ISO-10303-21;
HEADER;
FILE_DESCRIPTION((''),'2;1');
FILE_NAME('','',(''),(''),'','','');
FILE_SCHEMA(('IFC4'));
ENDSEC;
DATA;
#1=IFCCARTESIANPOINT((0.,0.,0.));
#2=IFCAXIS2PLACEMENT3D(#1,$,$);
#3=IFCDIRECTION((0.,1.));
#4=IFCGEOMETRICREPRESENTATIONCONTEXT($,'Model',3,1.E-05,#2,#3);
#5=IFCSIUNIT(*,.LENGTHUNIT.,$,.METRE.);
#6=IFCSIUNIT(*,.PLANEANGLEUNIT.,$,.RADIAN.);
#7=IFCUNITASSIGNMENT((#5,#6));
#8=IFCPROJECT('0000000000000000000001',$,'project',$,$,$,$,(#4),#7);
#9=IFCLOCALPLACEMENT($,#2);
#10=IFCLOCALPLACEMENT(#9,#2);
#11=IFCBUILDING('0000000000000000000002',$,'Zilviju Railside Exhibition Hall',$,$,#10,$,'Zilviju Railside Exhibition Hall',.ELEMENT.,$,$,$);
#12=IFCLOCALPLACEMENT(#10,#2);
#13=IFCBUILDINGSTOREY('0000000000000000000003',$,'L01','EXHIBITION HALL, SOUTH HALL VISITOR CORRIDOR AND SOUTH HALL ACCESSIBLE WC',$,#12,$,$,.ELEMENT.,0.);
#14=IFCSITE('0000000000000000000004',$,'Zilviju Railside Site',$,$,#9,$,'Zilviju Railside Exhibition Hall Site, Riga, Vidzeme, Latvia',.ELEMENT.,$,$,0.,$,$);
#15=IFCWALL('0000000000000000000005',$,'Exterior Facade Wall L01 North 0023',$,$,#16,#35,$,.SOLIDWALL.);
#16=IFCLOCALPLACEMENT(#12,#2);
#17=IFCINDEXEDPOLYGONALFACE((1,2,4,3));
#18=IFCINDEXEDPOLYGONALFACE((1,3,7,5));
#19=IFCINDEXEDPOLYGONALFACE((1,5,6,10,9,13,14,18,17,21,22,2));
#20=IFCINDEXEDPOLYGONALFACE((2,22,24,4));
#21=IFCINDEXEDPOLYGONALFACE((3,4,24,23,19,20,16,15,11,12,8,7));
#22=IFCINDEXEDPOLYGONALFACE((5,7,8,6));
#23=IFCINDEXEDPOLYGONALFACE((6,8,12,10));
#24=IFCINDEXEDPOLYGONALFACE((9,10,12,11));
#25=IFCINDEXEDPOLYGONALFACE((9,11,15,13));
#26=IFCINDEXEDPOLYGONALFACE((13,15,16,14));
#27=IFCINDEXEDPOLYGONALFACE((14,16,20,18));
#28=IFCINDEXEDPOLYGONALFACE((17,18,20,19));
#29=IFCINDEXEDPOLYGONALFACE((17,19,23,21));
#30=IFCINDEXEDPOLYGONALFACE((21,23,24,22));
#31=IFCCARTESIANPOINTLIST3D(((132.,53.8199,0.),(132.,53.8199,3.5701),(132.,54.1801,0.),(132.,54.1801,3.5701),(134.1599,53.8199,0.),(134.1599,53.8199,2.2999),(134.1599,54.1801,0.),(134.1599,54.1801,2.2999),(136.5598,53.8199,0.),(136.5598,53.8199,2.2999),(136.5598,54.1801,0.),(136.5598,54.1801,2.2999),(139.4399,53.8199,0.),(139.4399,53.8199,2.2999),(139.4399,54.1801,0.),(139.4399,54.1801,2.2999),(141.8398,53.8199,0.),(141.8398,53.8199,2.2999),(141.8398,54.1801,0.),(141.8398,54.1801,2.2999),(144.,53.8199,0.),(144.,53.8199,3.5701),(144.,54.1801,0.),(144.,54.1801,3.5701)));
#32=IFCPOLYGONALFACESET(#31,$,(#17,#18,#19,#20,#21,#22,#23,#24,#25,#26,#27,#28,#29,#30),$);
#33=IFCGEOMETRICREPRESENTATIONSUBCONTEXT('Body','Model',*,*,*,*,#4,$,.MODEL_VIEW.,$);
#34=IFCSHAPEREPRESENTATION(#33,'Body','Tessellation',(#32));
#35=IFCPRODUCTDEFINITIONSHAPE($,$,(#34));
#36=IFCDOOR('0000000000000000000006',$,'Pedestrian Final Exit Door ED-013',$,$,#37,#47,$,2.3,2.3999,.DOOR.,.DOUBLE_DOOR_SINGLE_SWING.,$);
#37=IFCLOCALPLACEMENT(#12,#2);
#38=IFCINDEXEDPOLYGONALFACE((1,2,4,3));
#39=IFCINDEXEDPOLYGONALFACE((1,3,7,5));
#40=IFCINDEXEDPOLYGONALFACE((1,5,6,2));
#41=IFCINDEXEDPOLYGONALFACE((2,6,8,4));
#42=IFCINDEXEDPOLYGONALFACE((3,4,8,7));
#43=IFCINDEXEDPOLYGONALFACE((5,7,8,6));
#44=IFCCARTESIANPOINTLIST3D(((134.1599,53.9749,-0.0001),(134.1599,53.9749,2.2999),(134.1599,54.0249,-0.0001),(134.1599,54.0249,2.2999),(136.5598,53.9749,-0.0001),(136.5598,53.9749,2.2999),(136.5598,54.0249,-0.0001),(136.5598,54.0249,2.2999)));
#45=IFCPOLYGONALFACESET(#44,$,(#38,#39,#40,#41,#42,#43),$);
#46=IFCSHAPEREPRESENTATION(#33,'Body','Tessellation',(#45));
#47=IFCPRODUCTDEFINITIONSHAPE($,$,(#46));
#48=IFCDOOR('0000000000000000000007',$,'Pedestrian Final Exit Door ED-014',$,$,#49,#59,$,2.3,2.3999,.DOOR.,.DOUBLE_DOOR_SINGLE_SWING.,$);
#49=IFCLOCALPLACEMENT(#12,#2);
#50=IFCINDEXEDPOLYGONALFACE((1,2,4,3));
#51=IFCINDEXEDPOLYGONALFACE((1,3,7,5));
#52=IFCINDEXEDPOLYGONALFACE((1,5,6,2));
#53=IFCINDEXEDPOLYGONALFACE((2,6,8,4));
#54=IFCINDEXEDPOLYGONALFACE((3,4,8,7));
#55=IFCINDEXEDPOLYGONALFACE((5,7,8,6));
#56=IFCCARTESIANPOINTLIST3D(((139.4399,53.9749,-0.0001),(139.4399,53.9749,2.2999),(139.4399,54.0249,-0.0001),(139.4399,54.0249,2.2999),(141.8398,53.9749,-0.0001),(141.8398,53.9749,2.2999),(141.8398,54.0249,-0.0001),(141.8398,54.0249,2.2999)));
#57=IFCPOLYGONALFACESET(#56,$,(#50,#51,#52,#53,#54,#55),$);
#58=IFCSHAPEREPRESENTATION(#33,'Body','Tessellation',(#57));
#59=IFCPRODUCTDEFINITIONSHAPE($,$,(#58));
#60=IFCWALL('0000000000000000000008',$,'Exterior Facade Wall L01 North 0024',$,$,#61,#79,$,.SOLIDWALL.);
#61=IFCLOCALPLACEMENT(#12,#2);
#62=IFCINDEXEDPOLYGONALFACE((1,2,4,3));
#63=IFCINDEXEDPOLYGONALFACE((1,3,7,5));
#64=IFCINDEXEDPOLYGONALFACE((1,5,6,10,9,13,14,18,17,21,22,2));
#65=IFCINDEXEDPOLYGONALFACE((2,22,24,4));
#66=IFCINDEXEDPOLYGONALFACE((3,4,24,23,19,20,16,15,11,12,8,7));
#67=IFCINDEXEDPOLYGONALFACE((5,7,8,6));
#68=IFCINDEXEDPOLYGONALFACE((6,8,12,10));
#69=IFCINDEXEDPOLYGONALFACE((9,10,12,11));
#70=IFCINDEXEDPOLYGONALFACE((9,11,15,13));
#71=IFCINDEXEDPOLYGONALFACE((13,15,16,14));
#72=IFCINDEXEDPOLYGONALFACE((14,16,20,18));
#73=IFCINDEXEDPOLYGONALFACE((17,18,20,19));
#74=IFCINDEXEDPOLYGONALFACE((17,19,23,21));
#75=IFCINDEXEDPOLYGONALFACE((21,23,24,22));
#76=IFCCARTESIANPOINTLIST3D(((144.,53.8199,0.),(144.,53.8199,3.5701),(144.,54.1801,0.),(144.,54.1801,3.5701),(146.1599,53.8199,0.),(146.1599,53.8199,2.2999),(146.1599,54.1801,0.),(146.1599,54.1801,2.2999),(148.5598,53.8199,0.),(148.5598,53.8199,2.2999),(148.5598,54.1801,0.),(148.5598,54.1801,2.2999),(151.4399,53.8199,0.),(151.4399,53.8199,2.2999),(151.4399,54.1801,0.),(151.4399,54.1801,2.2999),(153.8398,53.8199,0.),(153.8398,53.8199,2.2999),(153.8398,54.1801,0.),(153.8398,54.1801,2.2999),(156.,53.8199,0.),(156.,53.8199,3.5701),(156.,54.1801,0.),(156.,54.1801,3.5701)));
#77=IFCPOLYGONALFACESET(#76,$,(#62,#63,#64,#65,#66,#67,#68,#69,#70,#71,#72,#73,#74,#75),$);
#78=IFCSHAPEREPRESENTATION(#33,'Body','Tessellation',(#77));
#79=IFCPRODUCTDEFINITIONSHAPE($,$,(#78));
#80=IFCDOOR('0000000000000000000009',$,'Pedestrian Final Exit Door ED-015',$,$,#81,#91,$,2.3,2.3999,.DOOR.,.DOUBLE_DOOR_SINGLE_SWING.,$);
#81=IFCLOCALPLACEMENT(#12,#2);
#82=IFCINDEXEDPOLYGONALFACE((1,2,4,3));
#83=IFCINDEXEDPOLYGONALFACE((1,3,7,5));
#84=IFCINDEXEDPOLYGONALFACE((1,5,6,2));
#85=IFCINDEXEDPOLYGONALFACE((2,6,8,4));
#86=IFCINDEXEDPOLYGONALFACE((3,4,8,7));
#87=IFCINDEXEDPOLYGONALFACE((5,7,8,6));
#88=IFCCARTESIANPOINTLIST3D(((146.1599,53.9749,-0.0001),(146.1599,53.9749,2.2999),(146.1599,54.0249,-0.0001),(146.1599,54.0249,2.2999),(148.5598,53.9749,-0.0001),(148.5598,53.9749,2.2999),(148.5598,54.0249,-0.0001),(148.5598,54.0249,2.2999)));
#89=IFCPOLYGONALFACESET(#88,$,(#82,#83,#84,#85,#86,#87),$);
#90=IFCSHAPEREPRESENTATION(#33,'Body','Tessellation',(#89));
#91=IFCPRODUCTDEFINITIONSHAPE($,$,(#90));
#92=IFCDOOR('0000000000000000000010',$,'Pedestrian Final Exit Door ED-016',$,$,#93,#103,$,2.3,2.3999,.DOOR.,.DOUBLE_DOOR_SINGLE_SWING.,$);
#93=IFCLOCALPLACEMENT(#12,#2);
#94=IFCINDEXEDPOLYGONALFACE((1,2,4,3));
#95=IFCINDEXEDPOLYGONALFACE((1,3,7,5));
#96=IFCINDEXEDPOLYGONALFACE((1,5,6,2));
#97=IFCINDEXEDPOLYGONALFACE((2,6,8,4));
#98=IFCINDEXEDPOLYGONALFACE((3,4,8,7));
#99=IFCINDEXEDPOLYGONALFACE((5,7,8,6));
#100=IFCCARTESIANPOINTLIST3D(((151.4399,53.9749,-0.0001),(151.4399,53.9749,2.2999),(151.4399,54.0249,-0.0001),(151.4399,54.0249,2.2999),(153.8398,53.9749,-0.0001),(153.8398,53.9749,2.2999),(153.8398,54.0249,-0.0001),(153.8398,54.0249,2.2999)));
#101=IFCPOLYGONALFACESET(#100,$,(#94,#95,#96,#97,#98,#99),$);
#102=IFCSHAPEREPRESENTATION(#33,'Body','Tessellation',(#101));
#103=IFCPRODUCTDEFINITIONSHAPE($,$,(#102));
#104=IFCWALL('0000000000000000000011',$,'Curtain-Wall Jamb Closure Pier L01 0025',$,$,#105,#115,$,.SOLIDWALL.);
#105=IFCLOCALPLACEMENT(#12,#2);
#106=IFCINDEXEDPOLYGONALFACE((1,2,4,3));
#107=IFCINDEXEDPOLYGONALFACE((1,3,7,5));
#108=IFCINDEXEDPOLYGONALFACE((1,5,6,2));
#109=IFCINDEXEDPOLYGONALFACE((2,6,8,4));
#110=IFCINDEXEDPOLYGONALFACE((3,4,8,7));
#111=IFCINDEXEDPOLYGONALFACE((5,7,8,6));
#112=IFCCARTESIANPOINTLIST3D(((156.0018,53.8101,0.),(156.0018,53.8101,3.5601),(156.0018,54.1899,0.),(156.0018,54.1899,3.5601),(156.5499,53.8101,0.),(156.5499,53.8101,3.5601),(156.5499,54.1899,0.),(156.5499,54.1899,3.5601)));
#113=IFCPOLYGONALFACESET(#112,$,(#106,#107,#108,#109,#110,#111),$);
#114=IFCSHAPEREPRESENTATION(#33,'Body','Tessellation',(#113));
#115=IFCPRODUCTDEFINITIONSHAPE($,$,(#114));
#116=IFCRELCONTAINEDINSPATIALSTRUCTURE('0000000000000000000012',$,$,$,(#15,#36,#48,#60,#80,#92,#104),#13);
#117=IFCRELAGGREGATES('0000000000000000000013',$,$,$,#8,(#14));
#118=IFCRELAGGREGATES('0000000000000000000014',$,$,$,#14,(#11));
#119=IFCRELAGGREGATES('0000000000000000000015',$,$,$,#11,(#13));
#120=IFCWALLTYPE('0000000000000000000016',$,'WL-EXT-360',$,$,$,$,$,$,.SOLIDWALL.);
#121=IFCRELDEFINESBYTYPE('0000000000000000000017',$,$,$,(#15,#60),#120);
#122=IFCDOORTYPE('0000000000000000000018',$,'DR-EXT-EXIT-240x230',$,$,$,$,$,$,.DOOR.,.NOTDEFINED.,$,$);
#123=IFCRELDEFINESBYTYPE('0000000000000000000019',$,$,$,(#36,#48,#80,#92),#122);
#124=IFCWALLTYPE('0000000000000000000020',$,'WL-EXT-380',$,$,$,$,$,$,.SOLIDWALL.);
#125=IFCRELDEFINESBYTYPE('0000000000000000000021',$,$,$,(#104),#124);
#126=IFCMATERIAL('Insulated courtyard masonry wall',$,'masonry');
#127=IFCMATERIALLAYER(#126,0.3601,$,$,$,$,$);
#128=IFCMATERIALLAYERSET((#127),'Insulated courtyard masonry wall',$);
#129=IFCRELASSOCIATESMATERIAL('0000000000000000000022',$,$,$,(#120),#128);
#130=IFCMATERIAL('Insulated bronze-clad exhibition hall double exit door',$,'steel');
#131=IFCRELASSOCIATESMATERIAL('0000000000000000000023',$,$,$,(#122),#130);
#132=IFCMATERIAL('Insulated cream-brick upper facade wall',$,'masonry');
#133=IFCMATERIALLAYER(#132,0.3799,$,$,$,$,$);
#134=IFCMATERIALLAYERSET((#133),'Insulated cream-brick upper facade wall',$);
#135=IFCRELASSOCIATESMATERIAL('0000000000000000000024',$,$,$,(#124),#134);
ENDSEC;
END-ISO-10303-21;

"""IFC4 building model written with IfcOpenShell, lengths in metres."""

from ifc_helpers import new_model, si_unit, direction, frame, frame_2d, origin, place, context, subcontext, project, spatial, rectangle, extrude, material, layer, layer_set, type_object, element, fill, save


model = new_model("IFC4")

# Units and contexts
model_context = context("Model", 3, precision=1e-05, world=origin(), true_north=direction((0.0, 1.0)))
body_context = subcontext(model_context, "Body", "Model", "MODEL_VIEW")
ifc_project = project(units=[si_unit("LENGTHUNIT", "METRE"), si_unit("PLANEANGLEUNIT", "RADIAN")], contexts=[model_context])

# Site, building, storey
site_placement = place(None, origin())
site = spatial("IfcSite", under=ifc_project, at=site_placement, Name="Zilviju Railside Site", LongName="Zilviju Railside Exhibition Hall Site, Riga, Vidzeme, Latvia", CompositionType="ELEMENT", RefElevation=0.0)
building_placement = place(site_placement, origin())
building = spatial("IfcBuilding", under=site, at=building_placement, Name="Zilviju Railside Exhibition Hall", LongName="Zilviju Railside Exhibition Hall", CompositionType="ELEMENT")
storey_placement = place(building_placement, origin())
storey = spatial("IfcBuildingStorey", under=building, at=storey_placement, Name="L01", Description="EXHIBITION HALL, SOUTH HALL VISITOR CORRIDOR AND SOUTH HALL ACCESSIBLE WC", CompositionType="ELEMENT", Elevation=0.0)

# Walls, openings, doors
ifc_material_1 = material(Name="Insulated courtyard masonry wall", Category="masonry")
ifc_layer_1 = layer(ifc_material_1, 0.3601)
ifc_layer_set_1 = layer_set([ifc_layer_1], Name="Insulated courtyard masonry wall")
wall_type_1 = type_object("IfcWallType", Name="WL-EXT-360", PredefinedType="SOLIDWALL", material=ifc_layer_set_1)
wall_1_placement = place(storey_placement, frame((132.0, 54.0, 0.0), z_axis=(0.0, 0.0, 1.0), x_axis=(1.0, 0.0, 0.0)))
wall_1 = element("IfcWall", 1, at=wall_1_placement, inside=storey, type_object=wall_type_1, Name="Exterior Facade Wall L01 North 0023", PredefinedType="SOLIDWALL", context=body_context, shape_type="SweptSolid", body=[
    extrude(rectangle(XDim=12.0, YDim=0.3601, at=frame_2d((6.0, 0.0))), origin(), (0.0, 0.0, 1.0), 3.5701),
])
opening_1_placement = place(wall_1_placement, frame((2.1599, 0.0, 0.0)))
opening_1 = element("IfcOpeningElement", 2, at=opening_1_placement, cuts=wall_1, PredefinedType="OPENING", context=body_context, shape_type="SweptSolid", body=[
    extrude(rectangle(XDim=2.3999, YDim=2.3, at=frame_2d((1.2, 1.1499))), frame((0.0, 0.1899, 0.0), z_axis=(0.0, -1.0, 0.0), x_axis=(1.0, 0.0, 0.0)), (0.0, 0.0, 1.0), 0.3801),
])
opening_2_placement = place(wall_1_placement, frame((7.4399, 0.0, 0.0)))
opening_2 = element("IfcOpeningElement", 3, at=opening_2_placement, cuts=wall_1, PredefinedType="OPENING", context=body_context, shape_type="SweptSolid", body=[
    extrude(rectangle(XDim=2.3999, YDim=2.3, at=frame_2d((1.2, 1.1499))), frame((0.0, 0.1899, 0.0), z_axis=(0.0, -1.0, 0.0), x_axis=(1.0, 0.0, 0.0)), (0.0, 0.0, 1.0), 0.3801),
])
ifc_material_2 = material(Name="Insulated bronze-clad exhibition hall double exit door", Category="steel")
door_type = type_object("IfcDoorType", Name="DR-EXT-EXIT-240x230", OperationType="NOTDEFINED", PredefinedType="DOOR", material=ifc_material_2)
door_1_placement = place(opening_1_placement, origin())
door_1 = element("IfcDoor", 4, at=door_1_placement, inside=storey, type_object=door_type, Name="Pedestrian Final Exit Door ED-013", OperationType="DOUBLE_DOOR_SINGLE_SWING", OverallHeight=2.3, OverallWidth=2.3999, PredefinedType="DOOR", context=body_context, shape_type="SweptSolid", body=[
    extrude(rectangle(XDim=2.3999, YDim=2.3, at=frame_2d((1.2, 1.1499))), frame((0.0, 0.0249, 0.0), z_axis=(0.0, -1.0, 0.0), x_axis=(1.0, 0.0, 0.0)), (0.0, 0.0, 1.0), 0.05),
])
fill(opening_1, door_1)
door_2_placement = place(opening_2_placement, origin())
door_2 = element("IfcDoor", 5, at=door_2_placement, inside=storey, type_object=door_type, Name="Pedestrian Final Exit Door ED-014", OperationType="DOUBLE_DOOR_SINGLE_SWING", OverallHeight=2.3, OverallWidth=2.3999, PredefinedType="DOOR", context=body_context, shape_type="SweptSolid", body=[
    extrude(rectangle(XDim=2.3999, YDim=2.3, at=frame_2d((1.2, 1.1499))), frame((0.0, 0.0249, 0.0), z_axis=(0.0, -1.0, 0.0), x_axis=(1.0, 0.0, 0.0)), (0.0, 0.0, 1.0), 0.05),
])
fill(opening_2, door_2)
wall_2_placement = place(storey_placement, frame((144.0, 54.0, 0.0), z_axis=(0.0, 0.0, 1.0), x_axis=(1.0, 0.0, 0.0)))
wall_2 = element("IfcWall", 6, at=wall_2_placement, inside=storey, type_object=wall_type_1, Name="Exterior Facade Wall L01 North 0024", PredefinedType="SOLIDWALL", context=body_context, shape_type="SweptSolid", body=[
    extrude(rectangle(XDim=12.0, YDim=0.3601, at=frame_2d((6.0, 0.0))), origin(), (0.0, 0.0, 1.0), 3.5701),
])
opening_3_placement = place(wall_2_placement, frame((2.1599, 0.0, 0.0)))
opening_3 = element("IfcOpeningElement", 7, at=opening_3_placement, cuts=wall_2, PredefinedType="OPENING", context=body_context, shape_type="SweptSolid", body=[
    extrude(rectangle(XDim=2.3999, YDim=2.3, at=frame_2d((1.2, 1.1499))), frame((0.0, 0.1899, 0.0), z_axis=(0.0, -1.0, 0.0), x_axis=(1.0, 0.0, 0.0)), (0.0, 0.0, 1.0), 0.3801),
])
opening_4_placement = place(wall_2_placement, frame((7.4399, 0.0, 0.0)))
opening_4 = element("IfcOpeningElement", 8, at=opening_4_placement, cuts=wall_2, PredefinedType="OPENING", context=body_context, shape_type="SweptSolid", body=[
    extrude(rectangle(XDim=2.3999, YDim=2.3, at=frame_2d((1.2, 1.1499))), frame((0.0, 0.1899, 0.0), z_axis=(0.0, -1.0, 0.0), x_axis=(1.0, 0.0, 0.0)), (0.0, 0.0, 1.0), 0.3801),
])
door_3_placement = place(opening_3_placement, origin())
door_3 = element("IfcDoor", 9, at=door_3_placement, inside=storey, type_object=door_type, Name="Pedestrian Final Exit Door ED-015", OperationType="DOUBLE_DOOR_SINGLE_SWING", OverallHeight=2.3, OverallWidth=2.3999, PredefinedType="DOOR", context=body_context, shape_type="SweptSolid", body=[
    extrude(rectangle(XDim=2.3999, YDim=2.3, at=frame_2d((1.2, 1.1499))), frame((0.0, 0.0249, 0.0), z_axis=(0.0, -1.0, 0.0), x_axis=(1.0, 0.0, 0.0)), (0.0, 0.0, 1.0), 0.05),
])
fill(opening_3, door_3)
door_4_placement = place(opening_4_placement, origin())
door_4 = element("IfcDoor", 10, at=door_4_placement, inside=storey, type_object=door_type, Name="Pedestrian Final Exit Door ED-016", OperationType="DOUBLE_DOOR_SINGLE_SWING", OverallHeight=2.3, OverallWidth=2.3999, PredefinedType="DOOR", context=body_context, shape_type="SweptSolid", body=[
    extrude(rectangle(XDim=2.3999, YDim=2.3, at=frame_2d((1.2, 1.1499))), frame((0.0, 0.0249, 0.0), z_axis=(0.0, -1.0, 0.0), x_axis=(1.0, 0.0, 0.0)), (0.0, 0.0, 1.0), 0.05),
])
fill(opening_4, door_4)

# Wall
ifc_material_3 = material(Name="Insulated cream-brick upper facade wall", Category="masonry")
ifc_layer_2 = layer(ifc_material_3, 0.3799)
ifc_layer_set_2 = layer_set([ifc_layer_2], Name="Insulated cream-brick upper facade wall")
wall_type_2 = type_object("IfcWallType", Name="WL-EXT-380", PredefinedType="SOLIDWALL", material=ifc_layer_set_2)
wall_3_placement = place(storey_placement, frame((156.002, 54.0, 0.0), z_axis=(0.0, 0.0, 1.0), x_axis=(1.0, 0.0, 0.0)))
element("IfcWall", 11, at=wall_3_placement, inside=storey, type_object=wall_type_2, Name="Curtain-Wall Jamb Closure Pier L01 0025", PredefinedType="SOLIDWALL", context=body_context, shape_type="SweptSolid", body=[
    extrude(rectangle(XDim=0.5481, YDim=0.3799, at=frame_2d((0.2739, 0.0))), origin(), (0.0, 0.0, 1.0), 3.5601),
])

save(model, "model.ifc")
